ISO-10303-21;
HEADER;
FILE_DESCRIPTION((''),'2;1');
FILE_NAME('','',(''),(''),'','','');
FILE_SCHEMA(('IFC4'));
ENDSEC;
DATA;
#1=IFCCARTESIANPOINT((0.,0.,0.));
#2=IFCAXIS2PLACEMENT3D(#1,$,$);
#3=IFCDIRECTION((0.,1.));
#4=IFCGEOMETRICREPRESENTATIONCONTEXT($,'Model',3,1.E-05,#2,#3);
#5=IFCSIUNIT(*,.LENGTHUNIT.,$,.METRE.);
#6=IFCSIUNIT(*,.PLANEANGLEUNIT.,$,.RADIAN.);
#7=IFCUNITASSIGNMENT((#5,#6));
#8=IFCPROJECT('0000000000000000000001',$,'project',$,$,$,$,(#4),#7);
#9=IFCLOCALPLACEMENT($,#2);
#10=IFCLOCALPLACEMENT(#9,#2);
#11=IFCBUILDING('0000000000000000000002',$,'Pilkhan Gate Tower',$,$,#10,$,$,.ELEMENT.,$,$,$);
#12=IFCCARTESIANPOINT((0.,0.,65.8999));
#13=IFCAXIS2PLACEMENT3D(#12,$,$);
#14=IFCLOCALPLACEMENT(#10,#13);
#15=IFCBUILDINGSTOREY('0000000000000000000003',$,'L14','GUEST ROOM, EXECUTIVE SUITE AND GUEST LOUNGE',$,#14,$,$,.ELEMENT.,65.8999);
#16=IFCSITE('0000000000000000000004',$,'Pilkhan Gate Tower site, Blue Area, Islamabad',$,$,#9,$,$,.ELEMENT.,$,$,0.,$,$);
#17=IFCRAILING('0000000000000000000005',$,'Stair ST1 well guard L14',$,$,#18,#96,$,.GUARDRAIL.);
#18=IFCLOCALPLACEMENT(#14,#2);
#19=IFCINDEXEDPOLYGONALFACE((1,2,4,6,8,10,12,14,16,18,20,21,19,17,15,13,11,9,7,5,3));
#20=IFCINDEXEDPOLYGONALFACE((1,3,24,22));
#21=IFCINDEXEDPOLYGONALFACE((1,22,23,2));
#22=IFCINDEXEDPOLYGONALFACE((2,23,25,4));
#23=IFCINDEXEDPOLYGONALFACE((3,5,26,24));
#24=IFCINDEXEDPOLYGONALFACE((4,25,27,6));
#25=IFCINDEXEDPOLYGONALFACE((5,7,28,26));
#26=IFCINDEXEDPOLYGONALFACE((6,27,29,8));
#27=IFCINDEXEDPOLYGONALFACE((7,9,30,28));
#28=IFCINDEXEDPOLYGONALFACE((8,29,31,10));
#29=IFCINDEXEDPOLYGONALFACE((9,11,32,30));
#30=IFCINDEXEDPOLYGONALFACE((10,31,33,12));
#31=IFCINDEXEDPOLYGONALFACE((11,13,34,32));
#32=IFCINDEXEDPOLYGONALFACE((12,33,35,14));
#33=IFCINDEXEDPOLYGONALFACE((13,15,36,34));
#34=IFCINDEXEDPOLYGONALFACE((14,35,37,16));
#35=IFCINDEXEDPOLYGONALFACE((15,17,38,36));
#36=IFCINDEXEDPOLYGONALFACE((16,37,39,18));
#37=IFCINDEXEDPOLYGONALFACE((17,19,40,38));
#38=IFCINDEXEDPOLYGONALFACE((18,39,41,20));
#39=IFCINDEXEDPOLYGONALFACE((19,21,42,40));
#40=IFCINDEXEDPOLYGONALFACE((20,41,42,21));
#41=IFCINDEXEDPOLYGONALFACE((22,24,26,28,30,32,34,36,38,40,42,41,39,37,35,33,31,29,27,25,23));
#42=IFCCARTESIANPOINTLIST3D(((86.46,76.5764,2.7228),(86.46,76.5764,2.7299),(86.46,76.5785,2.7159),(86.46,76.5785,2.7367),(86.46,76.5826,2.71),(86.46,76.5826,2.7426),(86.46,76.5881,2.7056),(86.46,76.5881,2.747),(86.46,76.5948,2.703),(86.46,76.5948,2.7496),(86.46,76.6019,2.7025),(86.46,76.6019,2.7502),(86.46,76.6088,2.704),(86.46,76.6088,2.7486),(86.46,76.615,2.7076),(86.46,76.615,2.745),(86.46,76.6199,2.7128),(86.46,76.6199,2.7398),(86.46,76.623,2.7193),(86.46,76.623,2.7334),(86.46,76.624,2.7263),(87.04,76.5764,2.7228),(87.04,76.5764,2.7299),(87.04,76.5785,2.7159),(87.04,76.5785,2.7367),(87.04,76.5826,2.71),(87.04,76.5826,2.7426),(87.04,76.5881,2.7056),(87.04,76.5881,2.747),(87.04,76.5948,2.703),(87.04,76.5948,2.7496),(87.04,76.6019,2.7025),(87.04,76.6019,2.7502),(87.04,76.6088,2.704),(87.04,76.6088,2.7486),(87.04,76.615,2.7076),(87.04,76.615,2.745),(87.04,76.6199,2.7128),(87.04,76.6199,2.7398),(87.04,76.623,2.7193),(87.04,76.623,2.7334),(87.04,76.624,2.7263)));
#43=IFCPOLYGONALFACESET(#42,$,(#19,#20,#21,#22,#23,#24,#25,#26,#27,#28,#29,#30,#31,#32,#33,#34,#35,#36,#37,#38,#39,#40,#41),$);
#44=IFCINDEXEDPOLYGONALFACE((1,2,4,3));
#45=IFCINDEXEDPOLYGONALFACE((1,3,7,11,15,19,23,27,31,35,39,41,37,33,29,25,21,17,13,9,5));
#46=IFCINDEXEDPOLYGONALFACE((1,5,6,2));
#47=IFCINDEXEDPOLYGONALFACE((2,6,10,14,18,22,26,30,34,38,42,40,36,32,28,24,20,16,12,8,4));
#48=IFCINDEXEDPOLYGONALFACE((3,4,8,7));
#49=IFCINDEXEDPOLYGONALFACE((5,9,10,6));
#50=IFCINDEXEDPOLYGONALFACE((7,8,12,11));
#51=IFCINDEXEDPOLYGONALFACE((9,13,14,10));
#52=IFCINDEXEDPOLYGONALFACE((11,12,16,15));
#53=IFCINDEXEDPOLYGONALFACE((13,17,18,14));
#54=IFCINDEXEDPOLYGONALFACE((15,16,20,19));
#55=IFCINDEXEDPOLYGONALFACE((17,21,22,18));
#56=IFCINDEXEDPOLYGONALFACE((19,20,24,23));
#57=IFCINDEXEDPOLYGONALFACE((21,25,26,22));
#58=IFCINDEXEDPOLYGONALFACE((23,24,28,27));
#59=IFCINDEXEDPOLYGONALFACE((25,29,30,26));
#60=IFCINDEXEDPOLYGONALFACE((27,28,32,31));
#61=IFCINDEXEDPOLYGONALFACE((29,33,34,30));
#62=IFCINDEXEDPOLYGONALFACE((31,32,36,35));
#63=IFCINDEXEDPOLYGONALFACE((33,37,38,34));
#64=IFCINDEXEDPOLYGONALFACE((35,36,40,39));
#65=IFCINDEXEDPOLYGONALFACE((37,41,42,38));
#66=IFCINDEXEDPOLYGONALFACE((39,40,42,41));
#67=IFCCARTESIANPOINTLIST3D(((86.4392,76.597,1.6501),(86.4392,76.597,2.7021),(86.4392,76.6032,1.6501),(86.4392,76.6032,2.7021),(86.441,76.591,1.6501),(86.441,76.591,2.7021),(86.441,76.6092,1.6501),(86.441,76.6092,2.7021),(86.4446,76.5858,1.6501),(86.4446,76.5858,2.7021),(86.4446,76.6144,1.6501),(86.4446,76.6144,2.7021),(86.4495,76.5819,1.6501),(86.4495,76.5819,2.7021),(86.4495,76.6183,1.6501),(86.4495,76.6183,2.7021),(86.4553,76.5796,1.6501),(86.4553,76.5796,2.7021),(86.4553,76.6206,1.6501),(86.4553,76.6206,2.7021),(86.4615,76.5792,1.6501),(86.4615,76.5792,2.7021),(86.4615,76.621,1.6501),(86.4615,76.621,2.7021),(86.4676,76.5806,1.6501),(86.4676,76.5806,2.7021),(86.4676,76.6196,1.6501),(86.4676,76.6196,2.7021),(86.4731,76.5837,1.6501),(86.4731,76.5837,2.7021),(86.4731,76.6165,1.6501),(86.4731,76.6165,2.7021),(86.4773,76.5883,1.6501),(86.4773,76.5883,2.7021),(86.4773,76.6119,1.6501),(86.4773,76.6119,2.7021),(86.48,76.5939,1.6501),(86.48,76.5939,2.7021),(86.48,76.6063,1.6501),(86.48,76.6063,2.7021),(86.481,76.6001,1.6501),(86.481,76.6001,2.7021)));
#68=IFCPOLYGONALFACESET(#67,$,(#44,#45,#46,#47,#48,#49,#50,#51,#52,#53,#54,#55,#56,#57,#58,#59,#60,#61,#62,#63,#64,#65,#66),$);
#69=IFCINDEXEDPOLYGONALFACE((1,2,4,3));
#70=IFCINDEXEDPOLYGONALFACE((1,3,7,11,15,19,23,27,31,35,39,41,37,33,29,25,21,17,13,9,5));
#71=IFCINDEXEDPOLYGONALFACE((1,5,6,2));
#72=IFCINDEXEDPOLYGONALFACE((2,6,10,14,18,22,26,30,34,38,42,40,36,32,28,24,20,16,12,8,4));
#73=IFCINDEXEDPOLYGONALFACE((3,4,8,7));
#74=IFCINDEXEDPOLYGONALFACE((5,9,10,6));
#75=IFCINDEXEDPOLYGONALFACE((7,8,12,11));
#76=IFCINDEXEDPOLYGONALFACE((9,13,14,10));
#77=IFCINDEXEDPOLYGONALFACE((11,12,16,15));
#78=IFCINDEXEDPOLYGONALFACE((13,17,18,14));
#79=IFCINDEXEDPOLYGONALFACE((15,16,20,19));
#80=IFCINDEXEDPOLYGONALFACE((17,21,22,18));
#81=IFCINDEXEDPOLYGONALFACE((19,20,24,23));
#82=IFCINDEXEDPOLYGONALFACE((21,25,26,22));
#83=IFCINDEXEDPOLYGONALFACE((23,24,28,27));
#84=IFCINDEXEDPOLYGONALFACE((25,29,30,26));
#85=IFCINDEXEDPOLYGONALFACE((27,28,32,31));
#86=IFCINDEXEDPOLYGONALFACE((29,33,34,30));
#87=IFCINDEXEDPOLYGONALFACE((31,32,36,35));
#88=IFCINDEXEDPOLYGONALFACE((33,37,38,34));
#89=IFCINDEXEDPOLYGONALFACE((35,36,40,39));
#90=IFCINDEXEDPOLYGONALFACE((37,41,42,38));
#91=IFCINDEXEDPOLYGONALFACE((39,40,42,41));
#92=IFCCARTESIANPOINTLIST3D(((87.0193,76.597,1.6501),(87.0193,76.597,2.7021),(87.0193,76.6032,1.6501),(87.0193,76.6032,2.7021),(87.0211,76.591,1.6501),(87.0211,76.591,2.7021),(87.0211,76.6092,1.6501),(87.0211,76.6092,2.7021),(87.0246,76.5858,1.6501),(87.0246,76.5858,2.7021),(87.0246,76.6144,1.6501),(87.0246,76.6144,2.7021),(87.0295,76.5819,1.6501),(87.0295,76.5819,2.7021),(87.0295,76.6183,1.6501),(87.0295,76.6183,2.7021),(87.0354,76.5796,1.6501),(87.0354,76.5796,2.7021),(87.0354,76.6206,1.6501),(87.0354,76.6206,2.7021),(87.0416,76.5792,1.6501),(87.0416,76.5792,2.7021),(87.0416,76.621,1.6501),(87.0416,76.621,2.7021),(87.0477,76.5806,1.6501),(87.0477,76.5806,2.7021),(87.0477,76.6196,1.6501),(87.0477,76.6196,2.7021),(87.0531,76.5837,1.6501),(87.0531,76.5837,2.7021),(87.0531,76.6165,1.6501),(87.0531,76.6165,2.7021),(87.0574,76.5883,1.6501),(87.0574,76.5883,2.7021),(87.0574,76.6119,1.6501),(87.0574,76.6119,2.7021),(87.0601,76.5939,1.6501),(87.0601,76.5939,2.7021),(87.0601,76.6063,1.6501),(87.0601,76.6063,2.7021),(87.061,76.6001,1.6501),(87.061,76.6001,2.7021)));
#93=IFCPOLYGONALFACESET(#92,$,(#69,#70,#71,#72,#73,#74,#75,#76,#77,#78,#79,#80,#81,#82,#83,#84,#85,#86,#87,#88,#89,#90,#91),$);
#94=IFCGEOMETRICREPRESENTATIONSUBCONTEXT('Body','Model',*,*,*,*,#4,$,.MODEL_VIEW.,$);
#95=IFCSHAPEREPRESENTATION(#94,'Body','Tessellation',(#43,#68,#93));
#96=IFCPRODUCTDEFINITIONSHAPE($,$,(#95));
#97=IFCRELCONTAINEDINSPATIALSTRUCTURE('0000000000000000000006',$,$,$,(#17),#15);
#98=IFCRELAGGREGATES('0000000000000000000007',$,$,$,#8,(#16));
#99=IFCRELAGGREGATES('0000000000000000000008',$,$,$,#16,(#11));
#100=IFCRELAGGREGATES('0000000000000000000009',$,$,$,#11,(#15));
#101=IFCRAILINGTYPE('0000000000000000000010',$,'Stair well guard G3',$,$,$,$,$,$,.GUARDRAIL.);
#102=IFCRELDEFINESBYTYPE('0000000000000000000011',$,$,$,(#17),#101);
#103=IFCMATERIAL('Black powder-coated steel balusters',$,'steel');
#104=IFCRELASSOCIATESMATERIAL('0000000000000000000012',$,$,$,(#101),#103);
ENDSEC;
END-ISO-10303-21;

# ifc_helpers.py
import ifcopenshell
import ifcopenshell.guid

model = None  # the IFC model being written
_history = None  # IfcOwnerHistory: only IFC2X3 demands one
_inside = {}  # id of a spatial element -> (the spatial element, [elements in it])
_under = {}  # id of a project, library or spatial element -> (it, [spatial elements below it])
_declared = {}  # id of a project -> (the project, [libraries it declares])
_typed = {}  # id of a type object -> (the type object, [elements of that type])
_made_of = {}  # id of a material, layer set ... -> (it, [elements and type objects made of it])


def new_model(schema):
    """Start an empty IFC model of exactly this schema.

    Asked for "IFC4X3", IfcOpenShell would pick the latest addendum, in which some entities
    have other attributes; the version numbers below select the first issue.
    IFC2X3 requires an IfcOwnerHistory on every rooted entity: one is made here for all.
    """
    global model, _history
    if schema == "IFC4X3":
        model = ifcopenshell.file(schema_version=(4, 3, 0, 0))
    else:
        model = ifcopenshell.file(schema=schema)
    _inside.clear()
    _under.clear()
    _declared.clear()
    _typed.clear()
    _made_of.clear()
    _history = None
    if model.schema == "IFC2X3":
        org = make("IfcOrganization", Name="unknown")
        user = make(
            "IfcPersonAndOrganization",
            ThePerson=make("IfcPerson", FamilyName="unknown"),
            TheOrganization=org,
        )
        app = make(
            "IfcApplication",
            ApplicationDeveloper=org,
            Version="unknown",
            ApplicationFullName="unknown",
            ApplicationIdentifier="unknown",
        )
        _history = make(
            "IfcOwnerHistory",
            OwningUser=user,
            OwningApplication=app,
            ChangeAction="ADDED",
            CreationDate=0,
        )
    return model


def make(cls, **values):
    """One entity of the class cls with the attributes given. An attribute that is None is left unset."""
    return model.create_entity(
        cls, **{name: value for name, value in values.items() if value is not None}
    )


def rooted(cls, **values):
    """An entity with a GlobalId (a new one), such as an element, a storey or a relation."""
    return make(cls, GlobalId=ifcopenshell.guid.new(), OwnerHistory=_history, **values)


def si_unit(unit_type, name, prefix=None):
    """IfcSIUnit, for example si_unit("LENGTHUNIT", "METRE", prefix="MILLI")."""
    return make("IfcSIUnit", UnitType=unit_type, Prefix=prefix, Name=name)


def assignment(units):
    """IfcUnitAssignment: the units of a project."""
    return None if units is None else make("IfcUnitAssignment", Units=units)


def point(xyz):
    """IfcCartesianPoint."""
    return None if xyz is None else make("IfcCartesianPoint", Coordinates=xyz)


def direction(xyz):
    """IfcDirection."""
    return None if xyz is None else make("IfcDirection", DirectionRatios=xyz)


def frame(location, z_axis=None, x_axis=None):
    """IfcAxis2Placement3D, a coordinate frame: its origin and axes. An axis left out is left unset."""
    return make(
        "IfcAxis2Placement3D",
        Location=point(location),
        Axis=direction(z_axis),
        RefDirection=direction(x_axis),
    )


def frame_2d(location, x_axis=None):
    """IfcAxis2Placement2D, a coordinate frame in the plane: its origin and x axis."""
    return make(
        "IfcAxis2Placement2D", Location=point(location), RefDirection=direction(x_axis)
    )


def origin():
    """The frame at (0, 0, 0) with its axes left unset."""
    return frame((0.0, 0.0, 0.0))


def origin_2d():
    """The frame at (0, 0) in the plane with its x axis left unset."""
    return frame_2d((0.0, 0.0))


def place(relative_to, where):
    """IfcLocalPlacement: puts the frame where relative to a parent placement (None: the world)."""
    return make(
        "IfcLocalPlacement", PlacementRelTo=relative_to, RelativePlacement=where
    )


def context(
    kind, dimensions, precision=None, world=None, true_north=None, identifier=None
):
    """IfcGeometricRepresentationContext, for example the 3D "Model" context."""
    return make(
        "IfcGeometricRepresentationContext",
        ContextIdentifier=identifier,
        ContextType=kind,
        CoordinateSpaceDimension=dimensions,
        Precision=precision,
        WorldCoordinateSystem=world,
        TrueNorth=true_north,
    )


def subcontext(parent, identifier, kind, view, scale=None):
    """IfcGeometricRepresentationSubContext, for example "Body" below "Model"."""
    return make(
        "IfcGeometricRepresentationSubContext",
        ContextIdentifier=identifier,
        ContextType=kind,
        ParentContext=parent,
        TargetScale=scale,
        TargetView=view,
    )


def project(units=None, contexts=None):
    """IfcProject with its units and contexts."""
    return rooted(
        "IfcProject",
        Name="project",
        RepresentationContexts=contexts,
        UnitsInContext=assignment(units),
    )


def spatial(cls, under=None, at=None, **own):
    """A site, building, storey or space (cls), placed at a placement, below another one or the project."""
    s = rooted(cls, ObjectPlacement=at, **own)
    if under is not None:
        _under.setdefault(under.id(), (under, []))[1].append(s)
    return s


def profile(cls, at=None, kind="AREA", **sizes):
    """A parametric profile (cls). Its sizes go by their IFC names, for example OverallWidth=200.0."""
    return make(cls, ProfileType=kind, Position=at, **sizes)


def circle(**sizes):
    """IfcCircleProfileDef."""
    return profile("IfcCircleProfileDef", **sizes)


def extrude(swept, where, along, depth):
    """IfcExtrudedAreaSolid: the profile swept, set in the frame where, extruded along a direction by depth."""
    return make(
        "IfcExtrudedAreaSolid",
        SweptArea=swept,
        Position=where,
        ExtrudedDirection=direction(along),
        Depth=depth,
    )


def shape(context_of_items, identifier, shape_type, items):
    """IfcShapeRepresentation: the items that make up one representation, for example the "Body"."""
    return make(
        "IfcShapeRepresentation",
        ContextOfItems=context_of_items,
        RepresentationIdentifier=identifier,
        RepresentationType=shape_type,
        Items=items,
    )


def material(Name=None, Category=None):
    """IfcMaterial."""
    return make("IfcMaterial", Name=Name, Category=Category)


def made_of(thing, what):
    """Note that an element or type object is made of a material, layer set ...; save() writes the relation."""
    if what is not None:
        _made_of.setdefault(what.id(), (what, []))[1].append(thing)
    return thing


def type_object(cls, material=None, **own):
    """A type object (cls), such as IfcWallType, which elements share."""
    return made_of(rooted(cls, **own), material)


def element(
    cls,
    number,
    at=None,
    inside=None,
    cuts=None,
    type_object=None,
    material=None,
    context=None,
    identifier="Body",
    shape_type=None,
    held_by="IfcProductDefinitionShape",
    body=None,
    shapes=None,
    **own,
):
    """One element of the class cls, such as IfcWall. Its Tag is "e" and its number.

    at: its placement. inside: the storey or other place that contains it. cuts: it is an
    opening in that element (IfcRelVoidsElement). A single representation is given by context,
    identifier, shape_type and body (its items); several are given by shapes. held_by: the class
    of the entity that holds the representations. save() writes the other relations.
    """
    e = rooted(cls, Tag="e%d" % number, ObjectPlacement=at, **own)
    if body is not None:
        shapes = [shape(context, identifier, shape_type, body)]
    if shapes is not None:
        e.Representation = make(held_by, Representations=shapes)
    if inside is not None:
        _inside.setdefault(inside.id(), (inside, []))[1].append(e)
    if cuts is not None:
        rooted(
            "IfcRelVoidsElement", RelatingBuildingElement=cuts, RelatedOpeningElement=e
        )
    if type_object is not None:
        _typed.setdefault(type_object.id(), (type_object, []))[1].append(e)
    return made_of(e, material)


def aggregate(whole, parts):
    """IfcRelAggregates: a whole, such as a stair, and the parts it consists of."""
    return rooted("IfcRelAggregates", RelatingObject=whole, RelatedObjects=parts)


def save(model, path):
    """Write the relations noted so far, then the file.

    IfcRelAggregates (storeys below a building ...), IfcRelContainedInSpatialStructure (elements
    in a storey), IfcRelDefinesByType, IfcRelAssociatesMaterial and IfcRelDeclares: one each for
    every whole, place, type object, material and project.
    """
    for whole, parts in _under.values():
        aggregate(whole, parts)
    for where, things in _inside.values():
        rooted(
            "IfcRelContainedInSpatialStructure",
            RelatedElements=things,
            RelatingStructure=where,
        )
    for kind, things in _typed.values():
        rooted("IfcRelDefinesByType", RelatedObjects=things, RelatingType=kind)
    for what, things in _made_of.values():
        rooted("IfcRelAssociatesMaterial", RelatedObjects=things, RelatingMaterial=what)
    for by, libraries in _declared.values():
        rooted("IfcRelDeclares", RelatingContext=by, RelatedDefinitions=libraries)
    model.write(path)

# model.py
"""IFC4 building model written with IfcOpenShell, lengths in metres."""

from ifc_helpers import new_model, si_unit, direction, frame, origin, origin_2d, place, context, subcontext, project, spatial, circle, extrude, material, type_object, element, save


model = new_model("IFC4")

# Units and contexts
model_context = context("Model", 3, precision=1e-05, world=origin(), true_north=direction((0.0, 1.0)))
body_context = subcontext(model_context, "Body", "Model", "MODEL_VIEW")
ifc_project = project(units=[si_unit("LENGTHUNIT", "METRE"), si_unit("PLANEANGLEUNIT", "RADIAN")], contexts=[model_context])

# Site, building, storey
site_placement = place(None, origin())
site = spatial("IfcSite", under=ifc_project, at=site_placement, Name="Pilkhan Gate Tower site, Blue Area, Islamabad", CompositionType="ELEMENT", RefElevation=0.0)
building_placement = place(site_placement, origin())
building = spatial("IfcBuilding", under=site, at=building_placement, Name="Pilkhan Gate Tower", CompositionType="ELEMENT")
storey_placement = place(building_placement, frame((0.0, 0.0, 65.8999)))
storey = spatial("IfcBuildingStorey", under=building, at=storey_placement, Name="L14", Description="GUEST ROOM, EXECUTIVE SUITE AND GUEST LOUNGE", CompositionType="ELEMENT", Elevation=65.8999)

# Railing
ifc_material_1 = material(Name="Black powder-coated steel balusters", Category="steel")
railing_type_1 = type_object("IfcRailingType", Name="Stair well guard G3", PredefinedType="GUARDRAIL", material=ifc_material_1)
for number, where, name in (
    (1, (86.46, 76.6001, 1.6501), "Stair ST1 well guard L14"),
):
    element("IfcRailing", number, at=place(storey_placement, frame(where)), inside=storey, type_object=railing_type_1, Name=name, PredefinedType="GUARDRAIL", context=body_context, shape_type="SweptSolid", body=[
        extrude(circle(Radius=0.0239, at=origin_2d()), frame((0.0, 0.0, 1.0762), z_axis=(1.0, 0.0, 0.0), x_axis=(0.0, 1.0, 0.0)), (0.0, 0.0, 1.0), 0.5801),
        extrude(circle(Radius=0.021, at=origin_2d()), origin(), (0.0, 0.0, 1.0), 1.052),
        extrude(circle(Radius=0.021, at=origin_2d()), frame((0.5801, 0.0, 0.0)), (0.0, 0.0, 1.0), 1.052),
    ])

save(model, "model.ifc")
